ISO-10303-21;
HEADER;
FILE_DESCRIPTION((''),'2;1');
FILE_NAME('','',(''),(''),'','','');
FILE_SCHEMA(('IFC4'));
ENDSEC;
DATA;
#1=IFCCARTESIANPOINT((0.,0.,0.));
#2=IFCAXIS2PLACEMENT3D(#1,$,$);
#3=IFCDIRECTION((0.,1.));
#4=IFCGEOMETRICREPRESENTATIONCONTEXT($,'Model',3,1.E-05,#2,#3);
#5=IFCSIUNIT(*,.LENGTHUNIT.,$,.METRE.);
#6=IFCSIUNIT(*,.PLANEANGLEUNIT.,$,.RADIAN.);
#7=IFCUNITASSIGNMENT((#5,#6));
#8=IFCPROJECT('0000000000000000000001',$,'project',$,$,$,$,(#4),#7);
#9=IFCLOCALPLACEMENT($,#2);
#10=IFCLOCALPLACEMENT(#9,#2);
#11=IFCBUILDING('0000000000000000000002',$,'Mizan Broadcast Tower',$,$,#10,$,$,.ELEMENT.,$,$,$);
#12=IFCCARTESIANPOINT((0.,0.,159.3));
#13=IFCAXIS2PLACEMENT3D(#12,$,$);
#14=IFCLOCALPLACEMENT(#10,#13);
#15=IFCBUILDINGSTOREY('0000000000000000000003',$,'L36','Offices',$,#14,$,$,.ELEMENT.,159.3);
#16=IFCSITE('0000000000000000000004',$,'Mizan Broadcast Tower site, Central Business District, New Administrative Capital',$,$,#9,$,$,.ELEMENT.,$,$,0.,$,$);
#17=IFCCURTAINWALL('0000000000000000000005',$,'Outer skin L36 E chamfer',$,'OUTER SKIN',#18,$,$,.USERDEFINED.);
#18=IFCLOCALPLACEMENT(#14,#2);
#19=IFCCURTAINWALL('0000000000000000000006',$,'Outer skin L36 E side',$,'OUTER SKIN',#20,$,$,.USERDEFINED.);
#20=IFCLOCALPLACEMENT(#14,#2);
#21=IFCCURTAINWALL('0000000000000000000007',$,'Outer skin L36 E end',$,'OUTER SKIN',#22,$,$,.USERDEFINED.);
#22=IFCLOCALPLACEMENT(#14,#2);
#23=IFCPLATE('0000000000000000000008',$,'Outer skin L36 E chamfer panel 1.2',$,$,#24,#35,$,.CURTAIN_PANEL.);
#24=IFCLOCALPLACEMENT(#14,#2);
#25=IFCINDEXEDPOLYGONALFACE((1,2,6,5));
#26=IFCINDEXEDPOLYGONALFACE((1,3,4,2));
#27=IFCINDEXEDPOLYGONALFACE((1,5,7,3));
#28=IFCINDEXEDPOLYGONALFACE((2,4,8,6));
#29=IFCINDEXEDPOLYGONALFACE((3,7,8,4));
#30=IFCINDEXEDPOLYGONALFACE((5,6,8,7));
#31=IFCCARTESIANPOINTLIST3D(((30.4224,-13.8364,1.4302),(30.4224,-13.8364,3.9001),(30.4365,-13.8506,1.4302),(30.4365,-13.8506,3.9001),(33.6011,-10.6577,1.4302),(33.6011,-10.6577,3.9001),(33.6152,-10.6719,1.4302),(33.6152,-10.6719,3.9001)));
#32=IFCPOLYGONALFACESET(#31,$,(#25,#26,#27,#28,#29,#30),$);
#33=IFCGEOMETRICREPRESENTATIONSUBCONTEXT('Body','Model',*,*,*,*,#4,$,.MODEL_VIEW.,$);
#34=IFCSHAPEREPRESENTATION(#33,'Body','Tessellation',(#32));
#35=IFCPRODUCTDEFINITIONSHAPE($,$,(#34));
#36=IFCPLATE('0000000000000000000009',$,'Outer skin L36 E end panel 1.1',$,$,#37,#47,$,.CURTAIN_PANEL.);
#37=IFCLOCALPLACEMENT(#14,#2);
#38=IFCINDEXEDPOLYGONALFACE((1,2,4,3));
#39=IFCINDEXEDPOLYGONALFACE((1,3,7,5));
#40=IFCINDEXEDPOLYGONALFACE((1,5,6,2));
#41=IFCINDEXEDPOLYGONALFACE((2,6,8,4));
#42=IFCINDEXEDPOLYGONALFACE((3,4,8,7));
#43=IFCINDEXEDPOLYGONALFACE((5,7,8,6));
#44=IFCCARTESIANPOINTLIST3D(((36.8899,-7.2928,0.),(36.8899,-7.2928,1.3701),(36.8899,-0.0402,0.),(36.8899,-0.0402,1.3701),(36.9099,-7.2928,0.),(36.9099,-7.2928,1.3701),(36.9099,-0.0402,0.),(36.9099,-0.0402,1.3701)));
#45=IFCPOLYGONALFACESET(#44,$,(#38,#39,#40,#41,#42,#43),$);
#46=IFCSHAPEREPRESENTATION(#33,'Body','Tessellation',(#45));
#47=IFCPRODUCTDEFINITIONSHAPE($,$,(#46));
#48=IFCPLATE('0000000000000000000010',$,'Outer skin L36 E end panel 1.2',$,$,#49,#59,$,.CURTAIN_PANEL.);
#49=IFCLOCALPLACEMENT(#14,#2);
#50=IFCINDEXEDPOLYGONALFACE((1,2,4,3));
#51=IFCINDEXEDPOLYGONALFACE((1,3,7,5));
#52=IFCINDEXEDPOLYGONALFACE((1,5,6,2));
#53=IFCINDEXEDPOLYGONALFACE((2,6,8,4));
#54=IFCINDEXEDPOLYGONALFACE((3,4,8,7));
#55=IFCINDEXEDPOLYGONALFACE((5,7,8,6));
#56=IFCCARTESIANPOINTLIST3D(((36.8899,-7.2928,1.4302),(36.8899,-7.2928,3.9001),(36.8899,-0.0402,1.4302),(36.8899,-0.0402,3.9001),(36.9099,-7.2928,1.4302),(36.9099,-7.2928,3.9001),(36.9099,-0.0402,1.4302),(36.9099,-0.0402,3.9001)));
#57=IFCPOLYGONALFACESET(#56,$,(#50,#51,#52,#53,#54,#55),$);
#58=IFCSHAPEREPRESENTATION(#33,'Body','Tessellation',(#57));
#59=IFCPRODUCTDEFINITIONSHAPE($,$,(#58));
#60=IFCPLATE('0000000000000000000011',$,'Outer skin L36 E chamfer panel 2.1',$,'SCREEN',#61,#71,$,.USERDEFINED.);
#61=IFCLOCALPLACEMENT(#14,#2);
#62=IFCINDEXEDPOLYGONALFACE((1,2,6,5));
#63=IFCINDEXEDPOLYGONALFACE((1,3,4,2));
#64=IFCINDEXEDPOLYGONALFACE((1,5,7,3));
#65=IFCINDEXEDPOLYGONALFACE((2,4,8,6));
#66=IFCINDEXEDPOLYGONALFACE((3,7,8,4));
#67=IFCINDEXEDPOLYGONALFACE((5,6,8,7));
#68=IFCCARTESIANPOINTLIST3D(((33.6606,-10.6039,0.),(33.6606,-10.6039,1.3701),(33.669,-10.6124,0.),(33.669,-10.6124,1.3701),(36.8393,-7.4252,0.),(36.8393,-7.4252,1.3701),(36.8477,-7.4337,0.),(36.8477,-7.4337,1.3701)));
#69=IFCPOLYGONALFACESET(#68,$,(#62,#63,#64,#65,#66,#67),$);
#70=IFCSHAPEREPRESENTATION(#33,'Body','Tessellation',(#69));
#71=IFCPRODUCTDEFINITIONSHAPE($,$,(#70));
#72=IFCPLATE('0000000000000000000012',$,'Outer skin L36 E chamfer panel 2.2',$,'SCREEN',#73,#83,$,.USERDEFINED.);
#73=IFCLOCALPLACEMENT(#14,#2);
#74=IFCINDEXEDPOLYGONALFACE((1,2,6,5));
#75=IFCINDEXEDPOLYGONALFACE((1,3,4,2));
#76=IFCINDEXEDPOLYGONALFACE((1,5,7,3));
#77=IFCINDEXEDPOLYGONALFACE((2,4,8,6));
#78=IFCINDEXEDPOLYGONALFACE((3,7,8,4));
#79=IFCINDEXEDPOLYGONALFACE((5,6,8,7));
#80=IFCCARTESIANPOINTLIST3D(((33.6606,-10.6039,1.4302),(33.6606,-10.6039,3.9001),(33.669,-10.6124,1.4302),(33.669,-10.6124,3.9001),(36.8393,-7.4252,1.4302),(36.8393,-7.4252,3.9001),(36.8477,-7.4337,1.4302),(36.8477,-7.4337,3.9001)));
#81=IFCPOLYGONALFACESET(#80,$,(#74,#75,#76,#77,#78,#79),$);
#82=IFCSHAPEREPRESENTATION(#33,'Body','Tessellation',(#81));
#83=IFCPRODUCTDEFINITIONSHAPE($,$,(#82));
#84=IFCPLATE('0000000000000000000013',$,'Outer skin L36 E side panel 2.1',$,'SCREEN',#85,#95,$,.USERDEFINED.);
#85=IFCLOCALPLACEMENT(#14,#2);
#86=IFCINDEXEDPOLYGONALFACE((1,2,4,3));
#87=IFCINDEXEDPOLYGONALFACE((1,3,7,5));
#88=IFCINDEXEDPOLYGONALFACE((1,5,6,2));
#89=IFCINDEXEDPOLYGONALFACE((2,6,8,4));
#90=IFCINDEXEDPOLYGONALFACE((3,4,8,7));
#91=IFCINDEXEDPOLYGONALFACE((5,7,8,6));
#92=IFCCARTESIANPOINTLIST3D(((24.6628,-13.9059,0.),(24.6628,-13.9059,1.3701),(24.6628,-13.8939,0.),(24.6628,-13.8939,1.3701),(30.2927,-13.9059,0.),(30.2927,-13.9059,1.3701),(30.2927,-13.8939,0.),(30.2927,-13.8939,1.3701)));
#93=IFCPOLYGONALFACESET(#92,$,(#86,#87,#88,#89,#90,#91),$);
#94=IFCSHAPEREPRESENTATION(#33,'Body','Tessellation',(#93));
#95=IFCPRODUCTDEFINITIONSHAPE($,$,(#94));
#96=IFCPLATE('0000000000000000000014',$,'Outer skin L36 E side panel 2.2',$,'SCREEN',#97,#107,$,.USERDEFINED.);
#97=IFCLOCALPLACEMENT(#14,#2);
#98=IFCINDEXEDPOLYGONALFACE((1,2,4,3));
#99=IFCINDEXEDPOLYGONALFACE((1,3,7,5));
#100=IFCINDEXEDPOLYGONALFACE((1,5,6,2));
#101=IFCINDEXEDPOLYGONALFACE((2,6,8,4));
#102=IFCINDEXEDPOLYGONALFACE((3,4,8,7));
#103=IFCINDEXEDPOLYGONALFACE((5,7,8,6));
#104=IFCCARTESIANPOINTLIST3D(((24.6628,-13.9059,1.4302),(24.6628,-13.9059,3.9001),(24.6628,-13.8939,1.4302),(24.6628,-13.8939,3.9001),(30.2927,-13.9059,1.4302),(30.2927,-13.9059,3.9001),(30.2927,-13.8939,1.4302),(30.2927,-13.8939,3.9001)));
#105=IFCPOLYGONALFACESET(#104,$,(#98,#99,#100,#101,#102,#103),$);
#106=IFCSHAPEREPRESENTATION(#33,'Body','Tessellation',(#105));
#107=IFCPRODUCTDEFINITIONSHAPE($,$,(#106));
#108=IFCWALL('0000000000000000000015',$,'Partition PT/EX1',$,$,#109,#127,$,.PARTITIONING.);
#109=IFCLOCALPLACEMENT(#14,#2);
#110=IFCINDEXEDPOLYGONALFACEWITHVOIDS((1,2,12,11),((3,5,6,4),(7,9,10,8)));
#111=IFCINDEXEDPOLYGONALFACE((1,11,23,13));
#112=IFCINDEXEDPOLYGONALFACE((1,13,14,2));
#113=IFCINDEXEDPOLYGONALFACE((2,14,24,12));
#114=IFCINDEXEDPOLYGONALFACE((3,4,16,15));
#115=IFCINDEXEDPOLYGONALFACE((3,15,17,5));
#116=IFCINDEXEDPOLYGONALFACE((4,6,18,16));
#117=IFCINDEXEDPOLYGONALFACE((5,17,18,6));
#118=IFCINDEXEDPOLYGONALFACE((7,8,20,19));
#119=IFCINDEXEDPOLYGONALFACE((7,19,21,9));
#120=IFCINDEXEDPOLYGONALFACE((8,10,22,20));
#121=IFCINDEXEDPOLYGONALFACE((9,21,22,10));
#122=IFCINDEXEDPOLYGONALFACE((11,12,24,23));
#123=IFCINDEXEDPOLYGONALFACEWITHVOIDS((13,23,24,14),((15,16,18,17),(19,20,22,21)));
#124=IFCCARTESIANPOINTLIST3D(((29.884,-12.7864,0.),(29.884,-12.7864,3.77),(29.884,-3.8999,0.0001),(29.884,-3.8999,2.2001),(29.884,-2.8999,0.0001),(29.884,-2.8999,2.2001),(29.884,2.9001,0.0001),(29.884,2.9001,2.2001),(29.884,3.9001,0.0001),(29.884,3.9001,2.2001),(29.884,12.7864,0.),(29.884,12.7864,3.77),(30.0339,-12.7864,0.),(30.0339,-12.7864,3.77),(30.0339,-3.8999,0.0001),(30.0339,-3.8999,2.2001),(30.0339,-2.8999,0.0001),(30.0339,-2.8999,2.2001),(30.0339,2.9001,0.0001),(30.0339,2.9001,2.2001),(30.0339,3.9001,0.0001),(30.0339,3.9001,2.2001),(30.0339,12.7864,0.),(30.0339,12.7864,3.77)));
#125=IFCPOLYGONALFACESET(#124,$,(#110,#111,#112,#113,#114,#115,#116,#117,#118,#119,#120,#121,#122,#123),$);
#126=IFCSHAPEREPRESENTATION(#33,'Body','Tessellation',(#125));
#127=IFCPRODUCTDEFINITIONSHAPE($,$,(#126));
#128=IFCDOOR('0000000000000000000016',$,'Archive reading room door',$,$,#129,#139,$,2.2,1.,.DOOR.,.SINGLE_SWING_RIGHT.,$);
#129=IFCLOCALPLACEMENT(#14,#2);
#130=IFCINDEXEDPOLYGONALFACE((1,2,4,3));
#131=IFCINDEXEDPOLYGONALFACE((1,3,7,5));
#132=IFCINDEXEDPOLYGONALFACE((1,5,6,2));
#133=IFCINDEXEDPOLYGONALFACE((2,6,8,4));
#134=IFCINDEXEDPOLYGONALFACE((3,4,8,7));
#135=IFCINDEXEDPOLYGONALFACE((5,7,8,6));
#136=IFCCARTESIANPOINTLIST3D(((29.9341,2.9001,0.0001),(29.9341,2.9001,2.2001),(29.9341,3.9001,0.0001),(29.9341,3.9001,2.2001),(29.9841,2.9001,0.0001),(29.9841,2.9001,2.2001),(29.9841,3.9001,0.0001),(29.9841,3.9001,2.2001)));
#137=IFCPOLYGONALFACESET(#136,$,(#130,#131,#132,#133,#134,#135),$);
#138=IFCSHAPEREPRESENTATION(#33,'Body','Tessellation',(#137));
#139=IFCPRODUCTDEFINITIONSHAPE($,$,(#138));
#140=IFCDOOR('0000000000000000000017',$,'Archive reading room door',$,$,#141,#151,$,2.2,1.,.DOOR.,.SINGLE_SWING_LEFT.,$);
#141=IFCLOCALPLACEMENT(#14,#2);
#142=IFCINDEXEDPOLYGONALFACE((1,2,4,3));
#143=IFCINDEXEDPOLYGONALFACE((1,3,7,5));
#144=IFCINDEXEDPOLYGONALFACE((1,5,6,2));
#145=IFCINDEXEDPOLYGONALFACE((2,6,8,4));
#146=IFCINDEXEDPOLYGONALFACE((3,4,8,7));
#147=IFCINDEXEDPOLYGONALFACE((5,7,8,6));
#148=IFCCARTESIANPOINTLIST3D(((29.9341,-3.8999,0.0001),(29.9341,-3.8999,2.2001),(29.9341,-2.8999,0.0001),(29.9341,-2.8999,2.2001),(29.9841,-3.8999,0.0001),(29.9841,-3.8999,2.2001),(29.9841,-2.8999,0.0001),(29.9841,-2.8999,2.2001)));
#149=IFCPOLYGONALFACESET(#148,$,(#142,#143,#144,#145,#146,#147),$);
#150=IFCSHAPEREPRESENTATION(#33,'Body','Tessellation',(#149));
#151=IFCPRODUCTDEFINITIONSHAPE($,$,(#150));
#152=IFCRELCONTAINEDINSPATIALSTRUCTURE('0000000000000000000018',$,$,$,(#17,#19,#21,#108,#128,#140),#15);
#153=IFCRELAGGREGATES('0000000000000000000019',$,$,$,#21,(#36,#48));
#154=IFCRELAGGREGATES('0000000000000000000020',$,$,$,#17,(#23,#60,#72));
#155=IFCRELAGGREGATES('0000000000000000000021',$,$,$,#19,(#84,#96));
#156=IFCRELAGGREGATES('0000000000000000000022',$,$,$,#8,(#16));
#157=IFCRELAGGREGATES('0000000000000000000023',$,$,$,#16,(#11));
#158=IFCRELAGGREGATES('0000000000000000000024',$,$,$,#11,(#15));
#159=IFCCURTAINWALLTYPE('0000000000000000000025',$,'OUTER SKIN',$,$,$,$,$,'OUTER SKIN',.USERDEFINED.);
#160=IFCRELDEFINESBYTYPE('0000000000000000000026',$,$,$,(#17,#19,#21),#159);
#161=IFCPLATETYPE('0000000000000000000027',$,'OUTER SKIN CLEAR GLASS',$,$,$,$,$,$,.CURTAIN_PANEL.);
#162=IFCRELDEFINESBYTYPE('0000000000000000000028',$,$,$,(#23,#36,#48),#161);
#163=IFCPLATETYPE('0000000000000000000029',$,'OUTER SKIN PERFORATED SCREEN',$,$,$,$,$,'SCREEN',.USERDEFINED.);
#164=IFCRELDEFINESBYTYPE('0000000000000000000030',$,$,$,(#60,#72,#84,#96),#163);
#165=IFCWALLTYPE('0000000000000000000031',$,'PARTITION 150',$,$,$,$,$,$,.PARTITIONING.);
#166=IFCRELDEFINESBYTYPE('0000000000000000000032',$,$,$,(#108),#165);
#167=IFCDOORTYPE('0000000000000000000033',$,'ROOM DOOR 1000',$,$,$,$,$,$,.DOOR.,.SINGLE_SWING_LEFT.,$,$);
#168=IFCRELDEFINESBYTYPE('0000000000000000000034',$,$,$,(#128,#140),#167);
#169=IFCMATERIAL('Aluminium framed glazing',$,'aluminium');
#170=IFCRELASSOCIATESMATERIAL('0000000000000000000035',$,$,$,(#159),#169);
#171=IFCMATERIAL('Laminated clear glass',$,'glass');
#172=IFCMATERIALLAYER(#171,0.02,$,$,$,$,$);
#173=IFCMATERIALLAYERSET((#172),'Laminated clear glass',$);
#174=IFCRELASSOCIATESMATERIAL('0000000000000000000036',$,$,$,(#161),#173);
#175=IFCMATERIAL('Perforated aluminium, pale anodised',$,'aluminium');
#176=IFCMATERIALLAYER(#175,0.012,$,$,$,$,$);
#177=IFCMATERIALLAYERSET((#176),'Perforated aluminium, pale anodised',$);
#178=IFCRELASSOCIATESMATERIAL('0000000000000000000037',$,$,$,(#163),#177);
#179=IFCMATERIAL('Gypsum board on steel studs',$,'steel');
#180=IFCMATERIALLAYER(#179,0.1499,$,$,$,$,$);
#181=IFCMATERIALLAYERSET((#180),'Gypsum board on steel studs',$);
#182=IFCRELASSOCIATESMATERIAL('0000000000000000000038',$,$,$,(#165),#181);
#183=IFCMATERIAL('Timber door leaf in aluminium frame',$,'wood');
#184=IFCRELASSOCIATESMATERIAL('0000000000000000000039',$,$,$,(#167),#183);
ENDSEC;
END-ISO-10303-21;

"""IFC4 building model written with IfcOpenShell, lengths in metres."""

from ifc_helpers import new_model, si_unit, direction, frame, frame_2d, origin, origin_2d, place, context, subcontext, project, spatial, rectangle, extrude, material, layer, layer_set, type_object, element, fill, aggregate, save


model = new_model("IFC4")

# Units and contexts
model_context = context("Model", 3, precision=1e-05, world=origin(), true_north=direction((0.0, 1.0)))
body_context = subcontext(model_context, "Body", "Model", "MODEL_VIEW")
ifc_project = project(units=[si_unit("LENGTHUNIT", "METRE"), si_unit("PLANEANGLEUNIT", "RADIAN")], contexts=[model_context])

# Site, building, storey
site_placement = place(None, origin())
site = spatial("IfcSite", under=ifc_project, at=site_placement, Name="Mizan Broadcast Tower site, Central Business District, New Administrative Capital", CompositionType="ELEMENT", RefElevation=0.0)
building_placement = place(site_placement, origin())
building = spatial("IfcBuilding", under=site, at=building_placement, Name="Mizan Broadcast Tower", CompositionType="ELEMENT")
storey_placement = place(building_placement, frame((0.0, 0.0, 159.3)))
storey = spatial("IfcBuildingStorey", under=building, at=storey_placement, Name="L36", Description="Offices", CompositionType="ELEMENT", Elevation=159.3)

# Curtain wall
ifc_material_1 = material(Name="Aluminium framed glazing", Category="aluminium")
curtain_wall_type_1 = type_object("IfcCurtainWallType", Name="OUTER SKIN", ElementType="OUTER SKIN", PredefinedType="USERDEFINED", material=ifc_material_1)
curtain_wall_1_placement = place(storey_placement, origin())
curtain_wall_1 = element("IfcCurtainWall", 1, at=curtain_wall_1_placement, inside=storey, type_object=curtain_wall_type_1, Name="Outer skin L36 E chamfer", ObjectType="OUTER SKIN", PredefinedType="USERDEFINED")

# Curtain wall
curtain_wall_2_placement = place(storey_placement, origin())
curtain_wall_2 = element("IfcCurtainWall", 2, at=curtain_wall_2_placement, inside=storey, type_object=curtain_wall_type_1, Name="Outer skin L36 E side", ObjectType="OUTER SKIN", PredefinedType="USERDEFINED")

# Curtain wall
curtain_wall_3_placement = place(storey_placement, origin())
curtain_wall_3 = element("IfcCurtainWall", 3, at=curtain_wall_3_placement, inside=storey, type_object=curtain_wall_type_1, Name="Outer skin L36 E end", ObjectType="OUTER SKIN", PredefinedType="USERDEFINED")

# Plates
ifc_material_2 = material(Name="Laminated clear glass", Category="glass")
ifc_layer_1 = layer(ifc_material_2, 0.02)
ifc_layer_set_1 = layer_set([ifc_layer_1], Name="Laminated clear glass")
plate_type_1 = type_object("IfcPlateType", Name="OUTER SKIN CLEAR GLASS", PredefinedType="CURTAIN_PANEL", material=ifc_layer_set_1)
plate_1_placement = place(storey_placement, frame((32.0188, -12.2542, 1.4302), z_axis=(0.0, 0.0, 1.0), x_axis=(0.707107, 0.707107, 0.0)))
plate_1 = element("IfcPlate", 4, at=plate_1_placement, type_object=plate_type_1, Name="Outer skin L36 E chamfer panel 1.2", PredefinedType="CURTAIN_PANEL", context=body_context, shape_type="SweptSolid", body=[
    extrude(rectangle(XDim=4.4954, YDim=0.02, at=origin_2d()), origin(), (0.0, 0.0, 1.0), 2.47),
])
plate_2_placement = place(storey_placement, frame((36.8999, -3.6665, 0.0), z_axis=(0.0, 0.0, 1.0), x_axis=(0.0, 1.0, 0.0)))
plate_2 = element("IfcPlate", 5, at=plate_2_placement, type_object=plate_type_1, Name="Outer skin L36 E end panel 1.1", PredefinedType="CURTAIN_PANEL", context=body_context, shape_type="SweptSolid", body=[
    extrude(rectangle(XDim=7.2527, YDim=0.02, at=origin_2d()), origin(), (0.0, 0.0, 1.0), 1.3701),
])
plate_3_placement = place(storey_placement, frame((36.8999, -3.6665, 1.4302), z_axis=(0.0, 0.0, 1.0), x_axis=(0.0, 1.0, 0.0)))
plate_3 = element("IfcPlate", 6, at=plate_3_placement, type_object=plate_type_1, Name="Outer skin L36 E end panel 1.2", PredefinedType="CURTAIN_PANEL", context=body_context, shape_type="SweptSolid", body=[
    extrude(rectangle(XDim=7.2527, YDim=0.02, at=origin_2d()), origin(), (0.0, 0.0, 1.0), 2.47),
])
aggregate(curtain_wall_3, [plate_2, plate_3])
ifc_material_3 = material(Name="Perforated aluminium, pale anodised", Category="aluminium")
ifc_layer_2 = layer(ifc_material_3, 0.012)
ifc_layer_set_2 = layer_set([ifc_layer_2], Name="Perforated aluminium, pale anodised")
plate_type_2 = type_object("IfcPlateType", Name="OUTER SKIN PERFORATED SCREEN", ElementType="SCREEN", PredefinedType="USERDEFINED", material=ifc_layer_set_2)
plate_4_placement = place(storey_placement, frame((35.2542, -9.0188, 0.0), z_axis=(0.0, 0.0, 1.0), x_axis=(0.707107, 0.707107, 0.0)))
plate_4 = element("IfcPlate", 7, at=plate_4_placement, type_object=plate_type_2, Name="Outer skin L36 E chamfer panel 2.1", ObjectType="SCREEN", PredefinedType="USERDEFINED", context=body_context, shape_type="SweptSolid", body=[
    extrude(rectangle(XDim=4.4954, YDim=0.012, at=origin_2d()), origin(), (0.0, 0.0, 1.0), 1.3701),
])
plate_5_placement = place(storey_placement, frame((35.2542, -9.0188, 1.4302), z_axis=(0.0, 0.0, 1.0), x_axis=(0.707107, 0.707107, 0.0)))
plate_5 = element("IfcPlate", 8, at=plate_5_placement, type_object=plate_type_2, Name="Outer skin L36 E chamfer panel 2.2", ObjectType="SCREEN", PredefinedType="USERDEFINED", context=body_context, shape_type="SweptSolid", body=[
    extrude(rectangle(XDim=4.4954, YDim=0.012, at=origin_2d()), origin(), (0.0, 0.0, 1.0), 2.47),
])
aggregate(curtain_wall_1, [plate_1, plate_4, plate_5])
plate_6_placement = place(storey_placement, frame((27.4778, -13.8999, 0.0), z_axis=(0.0, 0.0, 1.0), x_axis=(1.0, 0.0, 0.0)))
plate_6 = element("IfcPlate", 9, at=plate_6_placement, type_object=plate_type_2, Name="Outer skin L36 E side panel 2.1", ObjectType="SCREEN", PredefinedType="USERDEFINED", context=body_context, shape_type="SweptSolid", body=[
    extrude(rectangle(XDim=5.6299, YDim=0.012, at=origin_2d()), origin(), (0.0, 0.0, 1.0), 1.3701),
])
plate_7_placement = place(storey_placement, frame((27.4778, -13.8999, 1.4302), z_axis=(0.0, 0.0, 1.0), x_axis=(1.0, 0.0, 0.0)))
plate_7 = element("IfcPlate", 10, at=plate_7_placement, type_object=plate_type_2, Name="Outer skin L36 E side panel 2.2", ObjectType="SCREEN", PredefinedType="USERDEFINED", context=body_context, shape_type="SweptSolid", body=[
    extrude(rectangle(XDim=5.6299, YDim=0.012, at=origin_2d()), origin(), (0.0, 0.0, 1.0), 2.47),
])
aggregate(curtain_wall_2, [plate_6, plate_7])

# Wall, openings, doors
ifc_material_4 = material(Name="Gypsum board on steel studs", Category="steel")
ifc_layer_3 = layer(ifc_material_4, 0.1499)
ifc_layer_set_3 = layer_set([ifc_layer_3], Name="Gypsum board on steel studs")
wall_type = type_object("IfcWallType", Name="PARTITION 150", PredefinedType="PARTITIONING", material=ifc_layer_set_3)
wall_placement = place(storey_placement, frame((29.959, -12.7864, 0.0), z_axis=(0.0, 0.0, 1.0), x_axis=(0.0, 1.0, 0.0)))
wall = element("IfcWall", 11, at=wall_placement, inside=storey, type_object=wall_type, Name="Partition PT/EX1", PredefinedType="PARTITIONING", context=body_context, shape_type="SweptSolid", body=[
    extrude(rectangle(XDim=25.5728, YDim=0.1499, at=frame_2d((12.7864, 0.0))), origin(), (0.0, 0.0, 1.0), 3.77),
])
opening_1_placement = place(wall_placement, frame((15.6865, 0.0, 0.0)))
opening_1 = element("IfcOpeningElement", 12, at=opening_1_placement, cuts=wall, PredefinedType="OPENING", context=body_context, shape_type="SweptSolid", body=[
    extrude(rectangle(XDim=1.0, YDim=2.2, at=frame_2d((0.5, 1.1001))), frame((0.0, 0.085, 0.0), z_axis=(0.0, -1.0, 0.0), x_axis=(1.0, 0.0, 0.0)), (0.0, 0.0, 1.0), 0.1699),
])
opening_2_placement = place(wall_placement, frame((8.8865, 0.0, 0.0)))
opening_2 = element("IfcOpeningElement", 13, at=opening_2_placement, cuts=wall, PredefinedType="OPENING", context=body_context, shape_type="SweptSolid", body=[
    extrude(rectangle(XDim=1.0, YDim=2.2, at=frame_2d((0.5, 1.1001))), frame((0.0, 0.085, 0.0), z_axis=(0.0, -1.0, 0.0), x_axis=(1.0, 0.0, 0.0)), (0.0, 0.0, 1.0), 0.1699),
])
ifc_material_5 = material(Name="Timber door leaf in aluminium frame", Category="wood")
door_type = type_object("IfcDoorType", Name="ROOM DOOR 1000", OperationType="SINGLE_SWING_LEFT", PredefinedType="DOOR", material=ifc_material_5)
door_1_placement = place(opening_1_placement, origin())
door_1 = element("IfcDoor", 14, at=door_1_placement, inside=storey, type_object=door_type, Name="Archive reading room door", OperationType="SINGLE_SWING_RIGHT", OverallHeight=2.2, OverallWidth=1.0, PredefinedType="DOOR", context=body_context, shape_type="SweptSolid", body=[
    extrude(rectangle(XDim=1.0, YDim=2.2, at=frame_2d((0.5, 1.1001))), frame((0.0, 0.0249, 0.0), z_axis=(0.0, -1.0, 0.0), x_axis=(1.0, 0.0, 0.0)), (0.0, 0.0, 1.0), 0.05),
])
fill(opening_1, door_1)
door_2_placement = place(opening_2_placement, origin())
door_2 = element("IfcDoor", 15, at=door_2_placement, inside=storey, type_object=door_type, Name="Archive reading room door", OperationType="SINGLE_SWING_LEFT", OverallHeight=2.2, OverallWidth=1.0, PredefinedType="DOOR", context=body_context, shape_type="SweptSolid", body=[
    extrude(rectangle(XDim=1.0, YDim=2.2, at=frame_2d((0.5, 1.1001))), frame((0.0, 0.0249, 0.0), z_axis=(0.0, -1.0, 0.0), x_axis=(1.0, 0.0, 0.0)), (0.0, 0.0, 1.0), 0.05),
])
fill(opening_2, door_2)

save(model, "model.ifc")
